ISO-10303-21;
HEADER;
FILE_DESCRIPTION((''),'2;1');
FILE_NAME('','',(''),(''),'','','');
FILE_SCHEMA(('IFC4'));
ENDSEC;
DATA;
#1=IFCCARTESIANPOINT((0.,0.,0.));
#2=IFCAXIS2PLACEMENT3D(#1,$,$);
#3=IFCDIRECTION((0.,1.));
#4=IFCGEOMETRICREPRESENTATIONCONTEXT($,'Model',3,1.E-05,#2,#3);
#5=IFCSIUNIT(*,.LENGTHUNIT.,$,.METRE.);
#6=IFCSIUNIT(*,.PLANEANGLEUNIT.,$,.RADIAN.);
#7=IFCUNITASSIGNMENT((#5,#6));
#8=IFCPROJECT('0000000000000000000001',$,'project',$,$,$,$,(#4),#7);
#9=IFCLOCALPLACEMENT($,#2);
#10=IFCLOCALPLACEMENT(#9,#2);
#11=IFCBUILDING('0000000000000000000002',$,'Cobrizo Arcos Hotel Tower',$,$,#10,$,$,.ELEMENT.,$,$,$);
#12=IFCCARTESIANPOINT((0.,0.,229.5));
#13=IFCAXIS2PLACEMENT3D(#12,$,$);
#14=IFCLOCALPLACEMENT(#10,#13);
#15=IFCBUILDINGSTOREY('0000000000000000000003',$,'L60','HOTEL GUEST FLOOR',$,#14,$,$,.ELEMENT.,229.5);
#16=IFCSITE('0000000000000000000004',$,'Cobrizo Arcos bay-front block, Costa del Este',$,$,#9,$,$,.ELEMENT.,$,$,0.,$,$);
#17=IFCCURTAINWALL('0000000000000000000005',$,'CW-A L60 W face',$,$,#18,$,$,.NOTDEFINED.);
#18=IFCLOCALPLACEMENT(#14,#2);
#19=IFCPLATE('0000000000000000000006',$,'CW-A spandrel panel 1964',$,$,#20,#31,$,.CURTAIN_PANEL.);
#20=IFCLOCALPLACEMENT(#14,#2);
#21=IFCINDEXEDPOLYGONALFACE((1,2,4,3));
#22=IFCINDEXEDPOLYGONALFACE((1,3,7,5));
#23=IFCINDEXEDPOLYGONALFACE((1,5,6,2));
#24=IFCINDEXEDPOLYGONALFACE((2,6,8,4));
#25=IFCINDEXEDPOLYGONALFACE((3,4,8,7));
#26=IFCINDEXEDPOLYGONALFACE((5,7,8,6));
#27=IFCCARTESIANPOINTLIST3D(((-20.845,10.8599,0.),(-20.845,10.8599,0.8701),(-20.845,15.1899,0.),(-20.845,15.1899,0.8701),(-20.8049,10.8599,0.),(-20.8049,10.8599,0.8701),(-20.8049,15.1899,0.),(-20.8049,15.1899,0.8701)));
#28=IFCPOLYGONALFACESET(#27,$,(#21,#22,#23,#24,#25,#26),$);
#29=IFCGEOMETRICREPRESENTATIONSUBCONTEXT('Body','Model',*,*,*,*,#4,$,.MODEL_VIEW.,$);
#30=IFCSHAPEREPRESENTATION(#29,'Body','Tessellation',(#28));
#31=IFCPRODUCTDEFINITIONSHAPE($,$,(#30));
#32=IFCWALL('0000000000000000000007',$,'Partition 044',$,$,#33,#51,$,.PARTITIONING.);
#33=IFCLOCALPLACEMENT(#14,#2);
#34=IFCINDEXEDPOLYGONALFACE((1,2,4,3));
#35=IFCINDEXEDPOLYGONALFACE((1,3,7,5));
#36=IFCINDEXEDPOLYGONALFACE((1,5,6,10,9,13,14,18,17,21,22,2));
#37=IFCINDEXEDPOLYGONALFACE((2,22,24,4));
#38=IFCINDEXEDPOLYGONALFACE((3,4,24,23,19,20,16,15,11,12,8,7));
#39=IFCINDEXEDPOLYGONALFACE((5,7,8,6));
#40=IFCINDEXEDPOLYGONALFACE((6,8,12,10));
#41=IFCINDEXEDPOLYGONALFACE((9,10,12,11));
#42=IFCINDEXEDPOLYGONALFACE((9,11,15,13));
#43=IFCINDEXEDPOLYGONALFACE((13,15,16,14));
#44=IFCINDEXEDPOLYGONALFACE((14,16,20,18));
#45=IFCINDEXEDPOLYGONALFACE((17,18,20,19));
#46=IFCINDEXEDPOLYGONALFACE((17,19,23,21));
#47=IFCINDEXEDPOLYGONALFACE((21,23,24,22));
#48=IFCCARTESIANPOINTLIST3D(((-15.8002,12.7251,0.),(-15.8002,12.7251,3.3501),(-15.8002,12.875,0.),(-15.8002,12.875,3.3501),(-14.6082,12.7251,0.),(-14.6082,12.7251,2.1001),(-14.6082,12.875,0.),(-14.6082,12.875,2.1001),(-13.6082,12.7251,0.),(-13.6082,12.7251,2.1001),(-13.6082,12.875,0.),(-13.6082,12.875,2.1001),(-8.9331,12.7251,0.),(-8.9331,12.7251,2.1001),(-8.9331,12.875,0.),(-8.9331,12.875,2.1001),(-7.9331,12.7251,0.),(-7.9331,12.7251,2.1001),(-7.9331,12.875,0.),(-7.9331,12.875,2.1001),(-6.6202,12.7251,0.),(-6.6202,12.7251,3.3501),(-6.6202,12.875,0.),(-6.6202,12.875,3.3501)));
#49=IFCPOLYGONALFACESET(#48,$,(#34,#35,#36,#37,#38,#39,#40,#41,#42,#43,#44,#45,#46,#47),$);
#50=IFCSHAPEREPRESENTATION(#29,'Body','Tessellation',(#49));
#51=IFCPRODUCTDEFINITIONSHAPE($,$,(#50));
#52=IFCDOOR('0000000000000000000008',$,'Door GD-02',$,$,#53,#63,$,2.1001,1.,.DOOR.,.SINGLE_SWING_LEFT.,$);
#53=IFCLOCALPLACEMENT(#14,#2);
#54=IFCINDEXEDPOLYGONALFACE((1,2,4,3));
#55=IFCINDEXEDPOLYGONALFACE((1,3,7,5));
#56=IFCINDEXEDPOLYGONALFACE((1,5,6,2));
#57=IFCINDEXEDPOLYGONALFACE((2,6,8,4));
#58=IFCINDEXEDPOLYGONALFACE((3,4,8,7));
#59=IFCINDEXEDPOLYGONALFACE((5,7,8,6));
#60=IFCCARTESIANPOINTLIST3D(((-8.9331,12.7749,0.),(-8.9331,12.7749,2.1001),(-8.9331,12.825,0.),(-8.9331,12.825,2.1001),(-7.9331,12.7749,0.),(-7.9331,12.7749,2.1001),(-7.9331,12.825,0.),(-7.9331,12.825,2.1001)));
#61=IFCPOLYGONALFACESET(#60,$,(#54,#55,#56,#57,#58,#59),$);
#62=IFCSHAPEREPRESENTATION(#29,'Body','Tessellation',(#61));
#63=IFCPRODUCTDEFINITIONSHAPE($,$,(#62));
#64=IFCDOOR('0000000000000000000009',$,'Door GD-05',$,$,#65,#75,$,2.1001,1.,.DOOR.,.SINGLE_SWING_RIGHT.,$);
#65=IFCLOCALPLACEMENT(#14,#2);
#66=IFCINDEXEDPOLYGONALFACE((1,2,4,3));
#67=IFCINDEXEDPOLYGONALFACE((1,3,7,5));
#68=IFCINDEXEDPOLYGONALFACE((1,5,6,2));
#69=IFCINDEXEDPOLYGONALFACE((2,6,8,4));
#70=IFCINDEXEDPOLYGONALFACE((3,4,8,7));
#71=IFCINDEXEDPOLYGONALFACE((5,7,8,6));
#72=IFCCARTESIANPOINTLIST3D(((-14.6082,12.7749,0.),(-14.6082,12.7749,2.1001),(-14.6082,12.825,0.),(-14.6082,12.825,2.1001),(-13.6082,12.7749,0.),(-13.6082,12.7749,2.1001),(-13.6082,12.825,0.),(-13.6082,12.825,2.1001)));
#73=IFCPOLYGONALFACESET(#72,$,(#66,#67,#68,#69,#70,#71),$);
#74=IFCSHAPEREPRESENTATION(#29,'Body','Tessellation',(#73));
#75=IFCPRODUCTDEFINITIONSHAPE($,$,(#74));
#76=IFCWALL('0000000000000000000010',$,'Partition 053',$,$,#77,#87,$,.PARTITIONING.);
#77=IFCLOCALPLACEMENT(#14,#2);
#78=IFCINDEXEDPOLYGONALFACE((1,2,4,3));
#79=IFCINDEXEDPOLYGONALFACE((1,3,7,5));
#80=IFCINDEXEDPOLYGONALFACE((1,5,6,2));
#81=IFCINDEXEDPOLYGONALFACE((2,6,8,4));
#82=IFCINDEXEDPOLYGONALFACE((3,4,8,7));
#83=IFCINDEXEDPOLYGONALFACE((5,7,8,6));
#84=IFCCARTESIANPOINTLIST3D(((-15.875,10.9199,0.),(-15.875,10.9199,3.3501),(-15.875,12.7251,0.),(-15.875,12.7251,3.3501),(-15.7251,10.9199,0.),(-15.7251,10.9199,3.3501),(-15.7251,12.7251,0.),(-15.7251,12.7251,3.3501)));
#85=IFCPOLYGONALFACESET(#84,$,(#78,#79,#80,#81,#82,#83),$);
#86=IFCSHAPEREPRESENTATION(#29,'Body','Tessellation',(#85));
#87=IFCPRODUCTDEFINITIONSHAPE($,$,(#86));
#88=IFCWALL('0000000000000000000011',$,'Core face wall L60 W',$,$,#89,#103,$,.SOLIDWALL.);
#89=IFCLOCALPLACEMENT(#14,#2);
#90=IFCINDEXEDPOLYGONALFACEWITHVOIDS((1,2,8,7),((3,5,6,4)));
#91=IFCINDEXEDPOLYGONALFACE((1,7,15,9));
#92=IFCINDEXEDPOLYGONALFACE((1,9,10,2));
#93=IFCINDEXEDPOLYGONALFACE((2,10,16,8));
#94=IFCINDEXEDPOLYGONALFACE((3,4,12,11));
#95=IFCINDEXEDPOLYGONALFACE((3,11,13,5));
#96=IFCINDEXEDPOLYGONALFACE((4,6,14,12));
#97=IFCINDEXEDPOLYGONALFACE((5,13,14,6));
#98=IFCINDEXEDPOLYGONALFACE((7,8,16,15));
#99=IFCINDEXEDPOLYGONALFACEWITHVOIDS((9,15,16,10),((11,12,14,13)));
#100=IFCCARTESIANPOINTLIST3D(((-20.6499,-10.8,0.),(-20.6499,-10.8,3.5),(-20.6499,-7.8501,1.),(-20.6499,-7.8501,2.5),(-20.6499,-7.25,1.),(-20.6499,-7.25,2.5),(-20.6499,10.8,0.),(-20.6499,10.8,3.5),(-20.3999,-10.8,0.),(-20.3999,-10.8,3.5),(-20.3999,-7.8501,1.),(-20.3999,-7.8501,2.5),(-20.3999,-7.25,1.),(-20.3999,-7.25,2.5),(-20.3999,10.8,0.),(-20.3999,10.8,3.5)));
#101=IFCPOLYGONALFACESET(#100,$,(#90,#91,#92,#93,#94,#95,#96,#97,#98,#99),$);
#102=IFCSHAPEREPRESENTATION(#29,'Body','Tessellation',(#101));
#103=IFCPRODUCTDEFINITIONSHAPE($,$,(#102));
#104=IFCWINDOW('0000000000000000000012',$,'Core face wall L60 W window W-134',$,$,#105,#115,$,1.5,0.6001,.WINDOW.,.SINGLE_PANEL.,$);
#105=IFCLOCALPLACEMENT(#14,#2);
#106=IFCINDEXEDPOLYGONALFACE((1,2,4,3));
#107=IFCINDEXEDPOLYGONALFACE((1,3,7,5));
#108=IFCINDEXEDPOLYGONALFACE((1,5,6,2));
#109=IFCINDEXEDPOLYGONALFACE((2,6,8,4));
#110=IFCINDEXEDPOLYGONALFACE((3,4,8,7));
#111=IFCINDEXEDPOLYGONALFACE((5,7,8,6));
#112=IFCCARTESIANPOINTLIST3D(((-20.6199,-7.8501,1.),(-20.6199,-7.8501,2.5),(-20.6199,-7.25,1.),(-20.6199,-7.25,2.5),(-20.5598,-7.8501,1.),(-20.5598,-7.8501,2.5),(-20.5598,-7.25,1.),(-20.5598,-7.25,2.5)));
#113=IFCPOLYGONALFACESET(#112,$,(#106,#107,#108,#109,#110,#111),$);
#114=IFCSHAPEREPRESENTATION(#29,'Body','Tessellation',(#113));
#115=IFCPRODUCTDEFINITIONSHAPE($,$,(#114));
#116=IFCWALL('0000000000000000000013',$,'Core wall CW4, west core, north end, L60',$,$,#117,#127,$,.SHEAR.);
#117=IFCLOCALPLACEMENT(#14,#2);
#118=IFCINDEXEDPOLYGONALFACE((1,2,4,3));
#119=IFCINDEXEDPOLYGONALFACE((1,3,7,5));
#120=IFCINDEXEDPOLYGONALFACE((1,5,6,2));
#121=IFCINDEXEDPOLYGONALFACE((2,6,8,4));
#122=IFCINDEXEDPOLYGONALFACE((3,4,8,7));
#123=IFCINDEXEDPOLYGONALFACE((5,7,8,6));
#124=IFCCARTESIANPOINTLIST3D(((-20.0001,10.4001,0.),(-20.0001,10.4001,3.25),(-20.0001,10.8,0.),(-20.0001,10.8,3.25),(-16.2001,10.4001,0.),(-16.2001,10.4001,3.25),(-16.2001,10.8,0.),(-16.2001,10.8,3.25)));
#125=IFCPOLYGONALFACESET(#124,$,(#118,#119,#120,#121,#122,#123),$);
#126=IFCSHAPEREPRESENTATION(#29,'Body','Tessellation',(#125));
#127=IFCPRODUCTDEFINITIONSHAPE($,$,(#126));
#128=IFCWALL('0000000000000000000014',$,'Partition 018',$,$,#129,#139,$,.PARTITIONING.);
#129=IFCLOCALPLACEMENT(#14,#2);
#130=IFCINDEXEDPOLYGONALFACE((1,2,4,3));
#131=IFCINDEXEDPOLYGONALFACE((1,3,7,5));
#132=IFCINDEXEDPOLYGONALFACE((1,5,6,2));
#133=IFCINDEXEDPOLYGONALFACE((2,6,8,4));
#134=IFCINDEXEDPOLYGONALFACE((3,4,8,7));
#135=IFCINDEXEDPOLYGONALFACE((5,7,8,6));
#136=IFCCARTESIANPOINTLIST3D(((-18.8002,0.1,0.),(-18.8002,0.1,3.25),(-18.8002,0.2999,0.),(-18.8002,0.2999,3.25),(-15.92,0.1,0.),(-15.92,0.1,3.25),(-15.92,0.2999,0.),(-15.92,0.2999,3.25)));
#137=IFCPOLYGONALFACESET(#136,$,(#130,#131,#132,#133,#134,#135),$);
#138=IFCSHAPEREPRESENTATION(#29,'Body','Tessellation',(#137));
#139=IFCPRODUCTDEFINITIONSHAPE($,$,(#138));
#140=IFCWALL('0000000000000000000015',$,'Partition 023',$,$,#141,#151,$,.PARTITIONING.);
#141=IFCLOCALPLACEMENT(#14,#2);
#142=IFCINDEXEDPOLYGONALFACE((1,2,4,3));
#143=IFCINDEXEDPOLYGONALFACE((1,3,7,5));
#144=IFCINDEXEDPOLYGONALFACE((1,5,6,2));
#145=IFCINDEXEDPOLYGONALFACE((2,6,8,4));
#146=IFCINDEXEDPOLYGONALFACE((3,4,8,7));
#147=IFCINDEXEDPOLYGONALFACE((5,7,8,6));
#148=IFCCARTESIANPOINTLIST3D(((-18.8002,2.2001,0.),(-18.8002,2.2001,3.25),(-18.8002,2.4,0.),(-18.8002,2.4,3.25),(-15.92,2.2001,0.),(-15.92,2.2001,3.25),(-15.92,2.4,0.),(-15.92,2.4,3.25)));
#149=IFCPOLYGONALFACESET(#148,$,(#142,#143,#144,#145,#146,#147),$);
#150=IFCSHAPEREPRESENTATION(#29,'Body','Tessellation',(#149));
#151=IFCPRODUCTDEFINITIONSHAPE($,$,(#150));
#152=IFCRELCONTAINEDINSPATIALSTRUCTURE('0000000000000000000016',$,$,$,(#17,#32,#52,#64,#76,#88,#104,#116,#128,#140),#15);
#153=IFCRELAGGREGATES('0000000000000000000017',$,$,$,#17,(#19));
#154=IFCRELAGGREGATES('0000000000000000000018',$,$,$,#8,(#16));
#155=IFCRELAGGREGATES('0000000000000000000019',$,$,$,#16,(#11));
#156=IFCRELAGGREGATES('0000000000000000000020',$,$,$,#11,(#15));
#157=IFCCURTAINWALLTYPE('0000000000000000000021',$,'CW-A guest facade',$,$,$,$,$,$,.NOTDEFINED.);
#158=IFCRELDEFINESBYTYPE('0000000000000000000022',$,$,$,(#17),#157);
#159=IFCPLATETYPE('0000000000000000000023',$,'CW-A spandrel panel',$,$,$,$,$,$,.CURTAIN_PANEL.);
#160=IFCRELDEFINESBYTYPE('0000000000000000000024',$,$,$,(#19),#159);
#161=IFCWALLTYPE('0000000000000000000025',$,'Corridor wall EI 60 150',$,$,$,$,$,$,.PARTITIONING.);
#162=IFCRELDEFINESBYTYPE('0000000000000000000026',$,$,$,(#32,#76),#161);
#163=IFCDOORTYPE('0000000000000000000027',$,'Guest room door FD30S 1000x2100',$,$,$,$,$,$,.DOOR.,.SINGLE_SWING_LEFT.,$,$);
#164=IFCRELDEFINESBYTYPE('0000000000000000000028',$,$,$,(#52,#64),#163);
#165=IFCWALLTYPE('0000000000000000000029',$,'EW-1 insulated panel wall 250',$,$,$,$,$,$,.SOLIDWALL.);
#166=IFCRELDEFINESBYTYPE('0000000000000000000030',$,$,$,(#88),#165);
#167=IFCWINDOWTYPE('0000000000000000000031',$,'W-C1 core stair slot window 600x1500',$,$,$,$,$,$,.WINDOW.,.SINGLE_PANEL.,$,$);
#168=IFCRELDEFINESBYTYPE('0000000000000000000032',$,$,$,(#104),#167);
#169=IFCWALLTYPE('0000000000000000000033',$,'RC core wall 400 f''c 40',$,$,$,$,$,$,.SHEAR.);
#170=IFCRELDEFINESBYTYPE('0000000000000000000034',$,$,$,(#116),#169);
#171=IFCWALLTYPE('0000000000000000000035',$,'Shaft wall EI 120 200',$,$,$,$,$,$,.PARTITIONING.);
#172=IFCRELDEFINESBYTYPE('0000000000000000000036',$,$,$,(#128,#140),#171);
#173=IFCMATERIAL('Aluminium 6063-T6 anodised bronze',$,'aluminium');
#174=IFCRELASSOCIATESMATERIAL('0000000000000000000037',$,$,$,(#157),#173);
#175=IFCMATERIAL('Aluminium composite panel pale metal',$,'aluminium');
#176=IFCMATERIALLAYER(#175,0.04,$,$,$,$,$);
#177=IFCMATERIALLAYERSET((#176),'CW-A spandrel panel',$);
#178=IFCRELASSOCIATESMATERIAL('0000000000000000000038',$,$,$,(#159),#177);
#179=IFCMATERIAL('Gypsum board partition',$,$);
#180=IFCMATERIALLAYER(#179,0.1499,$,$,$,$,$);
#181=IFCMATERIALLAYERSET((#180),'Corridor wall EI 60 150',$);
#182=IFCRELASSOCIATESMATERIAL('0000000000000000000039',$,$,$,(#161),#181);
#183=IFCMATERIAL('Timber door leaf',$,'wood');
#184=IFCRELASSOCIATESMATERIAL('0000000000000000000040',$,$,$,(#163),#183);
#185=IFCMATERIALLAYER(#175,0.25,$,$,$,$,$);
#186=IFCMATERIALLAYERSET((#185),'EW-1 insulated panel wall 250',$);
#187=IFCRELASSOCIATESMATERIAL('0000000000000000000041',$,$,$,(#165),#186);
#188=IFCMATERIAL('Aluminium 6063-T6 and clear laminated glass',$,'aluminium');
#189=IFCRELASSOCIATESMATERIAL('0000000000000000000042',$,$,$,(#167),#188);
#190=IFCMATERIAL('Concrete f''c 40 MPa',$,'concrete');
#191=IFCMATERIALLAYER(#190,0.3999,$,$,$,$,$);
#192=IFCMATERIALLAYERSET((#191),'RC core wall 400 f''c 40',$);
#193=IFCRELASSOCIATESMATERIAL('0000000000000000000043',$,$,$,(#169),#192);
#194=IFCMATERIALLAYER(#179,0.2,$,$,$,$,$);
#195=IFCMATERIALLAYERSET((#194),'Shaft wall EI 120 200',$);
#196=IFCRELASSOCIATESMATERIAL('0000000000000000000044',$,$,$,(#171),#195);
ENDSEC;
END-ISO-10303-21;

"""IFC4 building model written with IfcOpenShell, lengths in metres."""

from ifc_helpers import new_model, si_unit, direction, frame, frame_2d, origin, origin_2d, place, context, subcontext, project, spatial, rectangle, extrude, material, layer, layer_set, type_object, element, fill, aggregate, save


model = new_model("IFC4")

# Units and contexts
model_context = context("Model", 3, precision=1e-05, world=origin(), true_north=direction((0.0, 1.0)))
body_context = subcontext(model_context, "Body", "Model", "MODEL_VIEW")
ifc_project = project(units=[si_unit("LENGTHUNIT", "METRE"), si_unit("PLANEANGLEUNIT", "RADIAN")], contexts=[model_context])

# Site, building, storey
site_placement = place(None, origin())
site = spatial("IfcSite", under=ifc_project, at=site_placement, Name="Cobrizo Arcos bay-front block, Costa del Este", CompositionType="ELEMENT", RefElevation=0.0)
building_placement = place(site_placement, origin())
building = spatial("IfcBuilding", under=site, at=building_placement, Name="Cobrizo Arcos Hotel Tower", CompositionType="ELEMENT")
storey_placement = place(building_placement, frame((0.0, 0.0, 229.5)))
storey = spatial("IfcBuildingStorey", under=building, at=storey_placement, Name="L60", Description="HOTEL GUEST FLOOR", CompositionType="ELEMENT", Elevation=229.5)

# Curtain wall
ifc_material_1 = material(Name="Aluminium 6063-T6 anodised bronze", Category="aluminium")
curtain_wall_type = type_object("IfcCurtainWallType", Name="CW-A guest facade", PredefinedType="NOTDEFINED", material=ifc_material_1)
curtain_wall_placement = place(storey_placement, origin())
curtain_wall = element("IfcCurtainWall", 1, at=curtain_wall_placement, inside=storey, type_object=curtain_wall_type, Name="CW-A L60 W face", PredefinedType="NOTDEFINED")

# Plate
ifc_material_2 = material(Name="Aluminium composite panel pale metal", Category="aluminium")
ifc_layer_1 = layer(ifc_material_2, 0.04)
ifc_layer_set_1 = layer_set([ifc_layer_1], Name="CW-A spandrel panel")
plate_type_1 = type_object("IfcPlateType", Name="CW-A spandrel panel", PredefinedType="CURTAIN_PANEL", material=ifc_layer_set_1)
plate_1_placement = place(storey_placement, frame((-20.825, 13.0249, 0.0), z_axis=(0.0, 0.0, 1.0), x_axis=(0.0, -1.0, 0.0)))
plate_1 = element("IfcPlate", 2, at=plate_1_placement, type_object=plate_type_1, Name="CW-A spandrel panel 1964", PredefinedType="CURTAIN_PANEL", context=body_context, shape_type="SweptSolid", body=[
    extrude(rectangle(XDim=4.3301, YDim=0.04, at=origin_2d()), origin(), (0.0, 0.0, 1.0), 0.8701),
])
aggregate(curtain_wall, [plate_1])

# Wall, openings, doors
ifc_material_3 = material(Name="Gypsum board partition")
ifc_layer_2 = layer(ifc_material_3, 0.1499)
ifc_layer_set_2 = layer_set([ifc_layer_2], Name="Corridor wall EI 60 150")
wall_type_1 = type_object("IfcWallType", Name="Corridor wall EI 60 150", PredefinedType="PARTITIONING", material=ifc_layer_set_2)
wall_1_placement = place(storey_placement, frame((-15.8, 12.8, 0.0), z_axis=(0.0, 0.0, 1.0), x_axis=(1.0, 0.0, 0.0)))
wall_1 = element("IfcWall", 3, at=wall_1_placement, inside=storey, type_object=wall_type_1, Name="Partition 044", PredefinedType="PARTITIONING", context=body_context, shape_type="SweptSolid", body=[
    extrude(rectangle(XDim=9.1799, YDim=0.1499, at=frame_2d((4.5898, 0.0))), origin(), (0.0, 0.0, 1.0), 3.3501),
])
opening_1_placement = place(wall_1_placement, frame((6.8669, 0.0, 0.0)))
opening_1 = element("IfcOpeningElement", 4, at=opening_1_placement, cuts=wall_1, PredefinedType="OPENING", context=body_context, shape_type="SweptSolid", body=[
    extrude(rectangle(XDim=1.0, YDim=2.1001, at=frame_2d((0.5, 1.05))), frame((0.0, 0.0869, 0.0), z_axis=(0.0, -1.0, 0.0), x_axis=(1.0, 0.0, 0.0)), (0.0, 0.0, 1.0), 0.1738),
])
opening_2_placement = place(wall_1_placement, frame((1.1919, 0.0, 0.0)))
opening_2 = element("IfcOpeningElement", 5, at=opening_2_placement, cuts=wall_1, PredefinedType="OPENING", context=body_context, shape_type="SweptSolid", body=[
    extrude(rectangle(XDim=1.0, YDim=2.1001, at=frame_2d((0.5, 1.05))), frame((0.0, 0.0869, 0.0), z_axis=(0.0, -1.0, 0.0), x_axis=(1.0, 0.0, 0.0)), (0.0, 0.0, 1.0), 0.1738),
])
ifc_material_4 = material(Name="Timber door leaf", Category="wood")
door_type_1 = type_object("IfcDoorType", Name="Guest room door FD30S 1000x2100", OperationType="SINGLE_SWING_LEFT", PredefinedType="DOOR", material=ifc_material_4)
door_1_placement = place(opening_1_placement, origin())
door_1 = element("IfcDoor", 6, at=door_1_placement, inside=storey, type_object=door_type_1, Name="Door GD-02", OperationType="SINGLE_SWING_LEFT", OverallHeight=2.1001, OverallWidth=1.0, PredefinedType="DOOR", context=body_context, shape_type="SweptSolid", body=[
    extrude(rectangle(XDim=1.0, YDim=2.1001, at=frame_2d((0.5, 1.05))), frame((0.0, 0.0249, 0.0), z_axis=(0.0, -1.0, 0.0), x_axis=(1.0, 0.0, 0.0)), (0.0, 0.0, 1.0), 0.05),
])
fill(opening_1, door_1)
door_2_placement = place(opening_2_placement, origin())
door_2 = element("IfcDoor", 7, at=door_2_placement, inside=storey, type_object=door_type_1, Name="Door GD-05", OperationType="SINGLE_SWING_RIGHT", OverallHeight=2.1001, OverallWidth=1.0, PredefinedType="DOOR", context=body_context, shape_type="SweptSolid", body=[
    extrude(rectangle(XDim=1.0, YDim=2.1001, at=frame_2d((0.5, 1.05))), frame((0.0, 0.0249, 0.0), z_axis=(0.0, -1.0, 0.0), x_axis=(1.0, 0.0, 0.0)), (0.0, 0.0, 1.0), 0.05),
])
fill(opening_2, door_2)

# Wall
wall_2_placement = place(storey_placement, frame((-15.8, 10.9199, 0.0), z_axis=(0.0, 0.0, 1.0), x_axis=(0.0, 1.0, 0.0)))
element("IfcWall", 8, at=wall_2_placement, inside=storey, type_object=wall_type_1, Name="Partition 053", PredefinedType="PARTITIONING", context=body_context, shape_type="SweptSolid", body=[
    extrude(rectangle(XDim=1.8052, YDim=0.1499, at=frame_2d((0.9026, 0.0))), origin(), (0.0, 0.0, 1.0), 3.3501),
])

# Wall, opening, window
ifc_layer_3 = layer(ifc_material_2, 0.25)
ifc_layer_set_3 = layer_set([ifc_layer_3], Name="EW-1 insulated panel wall 250")
wall_type_2 = type_object("IfcWallType", Name="EW-1 insulated panel wall 250", PredefinedType="SOLIDWALL", material=ifc_layer_set_3)
wall_3_placement = place(storey_placement, frame((-20.5249, 10.8, 0.0), z_axis=(0.0, 0.0, 1.0), x_axis=(0.0, -1.0, 0.0)))
wall_3 = element("IfcWall", 9, at=wall_3_placement, inside=storey, type_object=wall_type_2, Name="Core face wall L60 W", PredefinedType="SOLIDWALL", context=body_context, shape_type="SweptSolid", body=[
    extrude(rectangle(XDim=21.6001, YDim=0.25, at=frame_2d((10.8, 0.0))), origin(), (0.0, 0.0, 1.0), 3.5),
])
opening_3_placement = place(wall_3_placement, frame((18.05, 0.0, 1.0)))
opening_3 = element("IfcOpeningElement", 10, at=opening_3_placement, cuts=wall_3, PredefinedType="OPENING", context=body_context, shape_type="SweptSolid", body=[
    extrude(rectangle(XDim=0.6001, YDim=1.5, at=frame_2d((0.3, 0.75))), frame((0.0, 0.137, 0.0), z_axis=(0.0, -1.0, 0.0), x_axis=(1.0, 0.0, 0.0)), (0.0, 0.0, 1.0), 0.2739),
])
ifc_material_5 = material(Name="Aluminium 6063-T6 and clear laminated glass", Category="aluminium")
window_type = type_object("IfcWindowType", Name="W-C1 core stair slot window 600x1500", PartitioningType="SINGLE_PANEL", PredefinedType="WINDOW", material=ifc_material_5)
window_placement = place(opening_3_placement, origin())
window = element("IfcWindow", 11, at=window_placement, inside=storey, type_object=window_type, Name="Core face wall L60 W window W-134", OverallHeight=1.5, OverallWidth=0.6001, PartitioningType="SINGLE_PANEL", PredefinedType="WINDOW", context=body_context, shape_type="SweptSolid", body=[
    extrude(rectangle(XDim=0.6001, YDim=1.5, at=frame_2d((0.3, 0.75))), frame((0.0, -0.0349, 0.0), z_axis=(0.0, -1.0, 0.0), x_axis=(1.0, 0.0, 0.0)), (0.0, 0.0, 1.0), 0.0601),
])
fill(opening_3, window)

# Walls
ifc_material_6 = material(Name="Concrete f'c 40 MPa", Category="concrete")
ifc_layer_4 = layer(ifc_material_6, 0.3999)
ifc_layer_set_4 = layer_set([ifc_layer_4], Name="RC core wall 400 f'c 40")
wall_type_3 = type_object("IfcWallType", Name="RC core wall 400 f'c 40", PredefinedType="SHEAR", material=ifc_layer_set_4)
wall_4_placement = place(storey_placement, frame((-20.0, 10.6001, 0.0), z_axis=(0.0, 0.0, 1.0), x_axis=(1.0, 0.0, 0.0)))
element("IfcWall", 12, at=wall_4_placement, inside=storey, type_object=wall_type_3, Name="Core wall CW4, west core, north end, L60", PredefinedType="SHEAR", context=body_context, shape_type="SweptSolid", body=[
    extrude(rectangle(XDim=3.8, YDim=0.3999, at=frame_2d((1.8999, 0.0))), origin(), (0.0, 0.0, 1.0), 3.25),
])
ifc_layer_5 = layer(ifc_material_3, 0.2)
ifc_layer_set_5 = layer_set([ifc_layer_5], Name="Shaft wall EI 120 200")
wall_type_4 = type_object("IfcWallType", Name="Shaft wall EI 120 200", PredefinedType="PARTITIONING", material=ifc_layer_set_5)
for number, where, z_axis, x_axis, name in (
    (13, (-18.8, 0.2, 0.0), (0.0, 0.0, 1.0), (1.0, 0.0, 0.0), "Partition 018"),
    (14, (-18.8, 2.3, 0.0), (0.0, 0.0, 1.0), (1.0, 0.0, 0.0), "Partition 023"),
):
    element("IfcWall", number, at=place(storey_placement, frame(where, z_axis=z_axis, x_axis=x_axis)), inside=storey, type_object=wall_type_4, Name=name, PredefinedType="PARTITIONING", context=body_context, shape_type="SweptSolid", body=[
        extrude(rectangle(XDim=2.8801, YDim=0.2, at=frame_2d((1.4399, 0.0))), origin(), (0.0, 0.0, 1.0), 3.25),
    ])

save(model, "model.ifc")
